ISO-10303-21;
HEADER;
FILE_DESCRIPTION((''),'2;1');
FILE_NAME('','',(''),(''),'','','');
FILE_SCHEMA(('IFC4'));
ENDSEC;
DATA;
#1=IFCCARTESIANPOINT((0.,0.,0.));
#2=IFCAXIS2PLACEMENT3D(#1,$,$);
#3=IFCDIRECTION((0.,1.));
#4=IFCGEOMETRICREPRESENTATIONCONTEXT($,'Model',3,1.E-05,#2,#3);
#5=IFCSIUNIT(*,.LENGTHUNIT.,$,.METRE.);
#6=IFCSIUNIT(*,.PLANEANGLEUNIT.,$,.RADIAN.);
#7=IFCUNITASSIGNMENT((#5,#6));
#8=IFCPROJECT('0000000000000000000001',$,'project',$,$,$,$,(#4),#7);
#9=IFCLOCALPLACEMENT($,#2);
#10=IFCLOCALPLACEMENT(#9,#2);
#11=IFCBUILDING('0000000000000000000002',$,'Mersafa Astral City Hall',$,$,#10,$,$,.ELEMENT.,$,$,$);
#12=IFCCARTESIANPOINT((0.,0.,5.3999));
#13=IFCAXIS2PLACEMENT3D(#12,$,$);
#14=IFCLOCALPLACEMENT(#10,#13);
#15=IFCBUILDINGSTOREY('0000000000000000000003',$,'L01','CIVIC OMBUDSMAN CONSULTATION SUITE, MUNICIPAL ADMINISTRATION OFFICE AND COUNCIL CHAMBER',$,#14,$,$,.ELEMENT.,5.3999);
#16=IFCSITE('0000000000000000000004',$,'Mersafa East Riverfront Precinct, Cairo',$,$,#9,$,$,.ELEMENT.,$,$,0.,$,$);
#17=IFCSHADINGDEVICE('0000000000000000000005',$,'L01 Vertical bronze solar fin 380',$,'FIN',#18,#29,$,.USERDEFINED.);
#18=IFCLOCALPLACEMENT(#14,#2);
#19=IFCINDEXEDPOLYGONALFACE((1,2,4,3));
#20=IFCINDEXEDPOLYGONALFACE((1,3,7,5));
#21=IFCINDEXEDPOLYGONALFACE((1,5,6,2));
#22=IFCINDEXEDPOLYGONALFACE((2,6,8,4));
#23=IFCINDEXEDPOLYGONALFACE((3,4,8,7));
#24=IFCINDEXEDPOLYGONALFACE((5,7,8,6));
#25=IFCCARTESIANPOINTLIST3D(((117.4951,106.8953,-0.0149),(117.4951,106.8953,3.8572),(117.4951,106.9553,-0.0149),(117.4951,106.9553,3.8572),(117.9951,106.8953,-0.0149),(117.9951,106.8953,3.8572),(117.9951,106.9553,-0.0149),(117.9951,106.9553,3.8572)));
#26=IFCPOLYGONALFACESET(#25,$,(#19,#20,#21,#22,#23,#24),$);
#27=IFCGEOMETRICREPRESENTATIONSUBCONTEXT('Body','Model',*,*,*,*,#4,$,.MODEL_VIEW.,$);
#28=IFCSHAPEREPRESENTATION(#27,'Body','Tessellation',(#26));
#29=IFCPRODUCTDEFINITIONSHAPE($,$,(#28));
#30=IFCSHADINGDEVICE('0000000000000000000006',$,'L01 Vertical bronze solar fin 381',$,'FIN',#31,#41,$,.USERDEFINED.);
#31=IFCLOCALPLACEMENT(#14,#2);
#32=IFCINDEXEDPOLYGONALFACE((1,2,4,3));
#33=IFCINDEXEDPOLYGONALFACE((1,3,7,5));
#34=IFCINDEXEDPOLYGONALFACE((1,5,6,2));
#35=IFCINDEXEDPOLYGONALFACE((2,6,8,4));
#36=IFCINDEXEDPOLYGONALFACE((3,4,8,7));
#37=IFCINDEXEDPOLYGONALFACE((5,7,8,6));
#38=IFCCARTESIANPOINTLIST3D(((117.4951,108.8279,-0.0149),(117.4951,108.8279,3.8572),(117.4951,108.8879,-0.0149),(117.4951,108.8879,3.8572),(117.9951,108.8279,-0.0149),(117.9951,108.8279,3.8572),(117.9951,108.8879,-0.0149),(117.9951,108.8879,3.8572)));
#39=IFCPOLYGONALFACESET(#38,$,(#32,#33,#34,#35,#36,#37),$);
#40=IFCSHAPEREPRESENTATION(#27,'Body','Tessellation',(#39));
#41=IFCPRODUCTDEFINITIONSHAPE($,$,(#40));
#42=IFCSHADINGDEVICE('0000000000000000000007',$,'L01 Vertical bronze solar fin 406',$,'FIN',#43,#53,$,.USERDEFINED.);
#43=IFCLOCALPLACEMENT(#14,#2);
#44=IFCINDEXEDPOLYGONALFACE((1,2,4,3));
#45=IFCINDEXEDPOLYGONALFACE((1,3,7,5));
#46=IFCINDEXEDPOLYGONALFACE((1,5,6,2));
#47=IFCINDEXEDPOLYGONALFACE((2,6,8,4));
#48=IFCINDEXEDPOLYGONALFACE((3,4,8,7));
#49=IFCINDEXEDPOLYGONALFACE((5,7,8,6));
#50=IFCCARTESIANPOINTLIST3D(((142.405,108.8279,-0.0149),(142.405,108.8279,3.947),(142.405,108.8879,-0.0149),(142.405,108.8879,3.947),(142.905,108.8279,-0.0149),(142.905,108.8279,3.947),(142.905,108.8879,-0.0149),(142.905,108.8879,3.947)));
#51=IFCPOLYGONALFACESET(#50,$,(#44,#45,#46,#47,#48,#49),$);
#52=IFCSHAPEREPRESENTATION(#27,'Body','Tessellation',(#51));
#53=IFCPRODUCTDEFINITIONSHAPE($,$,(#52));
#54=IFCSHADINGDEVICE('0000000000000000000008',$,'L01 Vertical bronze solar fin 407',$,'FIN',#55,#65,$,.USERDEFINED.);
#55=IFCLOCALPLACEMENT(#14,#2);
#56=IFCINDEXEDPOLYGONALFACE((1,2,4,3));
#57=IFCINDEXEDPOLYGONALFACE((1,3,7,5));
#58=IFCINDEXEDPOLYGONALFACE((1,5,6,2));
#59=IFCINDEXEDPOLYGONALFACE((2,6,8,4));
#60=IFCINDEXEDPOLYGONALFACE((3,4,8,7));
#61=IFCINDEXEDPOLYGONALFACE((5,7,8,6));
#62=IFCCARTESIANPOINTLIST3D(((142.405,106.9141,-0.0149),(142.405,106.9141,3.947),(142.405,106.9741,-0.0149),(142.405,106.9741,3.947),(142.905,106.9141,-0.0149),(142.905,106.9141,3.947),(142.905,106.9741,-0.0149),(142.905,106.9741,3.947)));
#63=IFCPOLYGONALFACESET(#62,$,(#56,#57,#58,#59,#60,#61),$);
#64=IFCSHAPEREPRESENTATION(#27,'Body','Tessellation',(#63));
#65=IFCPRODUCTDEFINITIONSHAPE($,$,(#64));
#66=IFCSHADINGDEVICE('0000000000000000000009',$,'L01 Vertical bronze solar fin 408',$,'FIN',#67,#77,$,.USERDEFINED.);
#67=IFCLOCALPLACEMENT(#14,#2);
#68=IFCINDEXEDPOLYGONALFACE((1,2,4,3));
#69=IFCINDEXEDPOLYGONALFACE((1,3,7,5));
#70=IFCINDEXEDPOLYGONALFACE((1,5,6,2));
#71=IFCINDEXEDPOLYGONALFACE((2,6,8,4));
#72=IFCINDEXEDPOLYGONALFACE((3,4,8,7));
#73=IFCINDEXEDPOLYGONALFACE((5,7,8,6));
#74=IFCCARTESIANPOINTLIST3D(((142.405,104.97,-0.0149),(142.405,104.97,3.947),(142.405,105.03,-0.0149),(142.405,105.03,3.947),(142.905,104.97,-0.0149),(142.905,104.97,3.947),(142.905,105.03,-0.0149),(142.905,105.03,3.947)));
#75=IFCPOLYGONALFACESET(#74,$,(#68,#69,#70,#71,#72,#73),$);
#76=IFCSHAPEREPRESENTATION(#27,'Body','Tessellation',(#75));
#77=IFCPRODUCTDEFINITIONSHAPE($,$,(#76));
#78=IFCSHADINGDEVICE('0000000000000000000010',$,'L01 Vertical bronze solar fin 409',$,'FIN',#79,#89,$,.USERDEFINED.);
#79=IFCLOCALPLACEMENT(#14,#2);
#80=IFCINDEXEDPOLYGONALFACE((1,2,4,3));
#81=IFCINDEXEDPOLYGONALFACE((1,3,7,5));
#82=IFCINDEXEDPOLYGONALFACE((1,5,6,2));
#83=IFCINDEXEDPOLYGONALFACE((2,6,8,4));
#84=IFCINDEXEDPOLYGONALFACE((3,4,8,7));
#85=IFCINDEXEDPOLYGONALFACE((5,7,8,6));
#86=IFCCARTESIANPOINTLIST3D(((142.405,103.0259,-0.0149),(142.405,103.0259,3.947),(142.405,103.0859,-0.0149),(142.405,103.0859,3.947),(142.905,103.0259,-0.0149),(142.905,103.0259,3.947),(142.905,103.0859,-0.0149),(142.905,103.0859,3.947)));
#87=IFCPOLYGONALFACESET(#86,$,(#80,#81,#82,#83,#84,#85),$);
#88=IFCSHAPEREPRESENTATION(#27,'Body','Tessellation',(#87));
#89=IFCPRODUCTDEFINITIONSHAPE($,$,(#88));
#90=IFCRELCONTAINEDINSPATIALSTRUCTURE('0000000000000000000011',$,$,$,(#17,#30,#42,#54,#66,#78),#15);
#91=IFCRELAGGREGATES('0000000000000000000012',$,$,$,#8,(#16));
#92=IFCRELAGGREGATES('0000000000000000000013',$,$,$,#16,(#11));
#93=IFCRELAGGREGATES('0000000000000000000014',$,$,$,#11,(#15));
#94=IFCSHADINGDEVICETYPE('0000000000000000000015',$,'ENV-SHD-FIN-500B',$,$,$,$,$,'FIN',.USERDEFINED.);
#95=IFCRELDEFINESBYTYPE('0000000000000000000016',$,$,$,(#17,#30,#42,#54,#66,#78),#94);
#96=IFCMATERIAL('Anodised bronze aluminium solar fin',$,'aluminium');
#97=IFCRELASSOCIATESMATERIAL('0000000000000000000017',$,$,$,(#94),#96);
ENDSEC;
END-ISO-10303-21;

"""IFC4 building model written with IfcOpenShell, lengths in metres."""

from ifc_helpers import new_model, si_unit, direction, frame, origin, origin_2d, place, context, subcontext, project, spatial, rectangle, extrude, material, type_object, element, save


model = new_model("IFC4")

# Units and contexts
model_context = context("Model", 3, precision=1e-05, world=origin(), true_north=direction((0.0, 1.0)))
body_context = subcontext(model_context, "Body", "Model", "MODEL_VIEW")
ifc_project = project(units=[si_unit("LENGTHUNIT", "METRE"), si_unit("PLANEANGLEUNIT", "RADIAN")], contexts=[model_context])

# Site, building, storey
site_placement = place(None, origin())
site = spatial("IfcSite", under=ifc_project, at=site_placement, Name="Mersafa East Riverfront Precinct, Cairo", CompositionType="ELEMENT", RefElevation=0.0)
building_placement = place(site_placement, origin())
building = spatial("IfcBuilding", under=site, at=building_placement, Name="Mersafa Astral City Hall", CompositionType="ELEMENT")
storey_placement = place(building_placement, frame((0.0, 0.0, 5.3999)))
storey = spatial("IfcBuildingStorey", under=building, at=storey_placement, Name="L01", Description="CIVIC OMBUDSMAN CONSULTATION SUITE, MUNICIPAL ADMINISTRATION OFFICE AND COUNCIL CHAMBER", CompositionType="ELEMENT", Elevation=5.3999)

# Shading devices
ifc_material_1 = material(Name="Anodised bronze aluminium solar fin", Category="aluminium")
shading_device_type = type_object("IfcShadingDeviceType", Name="ENV-SHD-FIN-500B", ElementType="FIN", PredefinedType="USERDEFINED", material=ifc_material_1)
for number, where, z_axis, x_axis, name in (
    (1, (117.7451, 106.9253, -0.0149), (0.0, 0.0, 1.0), (0.0, 1.0, 0.0), "L01 Vertical bronze solar fin 380"),
    (2, (117.7451, 108.8579, -0.0149), (0.0, 0.0, 1.0), (0.0, 1.0, 0.0), "L01 Vertical bronze solar fin 381"),
):
    element("IfcShadingDevice", number, at=place(storey_placement, frame(where, z_axis=z_axis, x_axis=x_axis)), inside=storey, type_object=shading_device_type, Name=name, ObjectType="FIN", PredefinedType="USERDEFINED", context=body_context, shape_type="SweptSolid", body=[
        extrude(rectangle(XDim=0.0601, YDim=0.5, at=origin_2d()), origin(), (0.0, 0.0, 1.0), 3.8721),
    ])
for number, where, z_axis, x_axis, name in (
    (3, (142.655, 108.8579, -0.0149), (0.0, 0.0, 1.0), (0.0, -1.0, 0.0), "L01 Vertical bronze solar fin 406"),
    (4, (142.655, 106.9441, -0.0149), (0.0, 0.0, 1.0), (0.0, -1.0, 0.0), "L01 Vertical bronze solar fin 407"),
    (5, (142.655, 105.0, -0.0149), (0.0, 0.0, 1.0), (0.0, -1.0, 0.0), "L01 Vertical bronze solar fin 408"),
    (6, (142.655, 103.0559, -0.0149), (0.0, 0.0, 1.0), (0.0, -1.0, 0.0), "L01 Vertical bronze solar fin 409"),
):
    element("IfcShadingDevice", number, at=place(storey_placement, frame(where, z_axis=z_axis, x_axis=x_axis)), inside=storey, type_object=shading_device_type, Name=name, ObjectType="FIN", PredefinedType="USERDEFINED", context=body_context, shape_type="SweptSolid", body=[
        extrude(rectangle(XDim=0.0601, YDim=0.5, at=origin_2d()), origin(), (0.0, 0.0, 1.0), 3.9619),
    ])

save(model, "model.ifc")
